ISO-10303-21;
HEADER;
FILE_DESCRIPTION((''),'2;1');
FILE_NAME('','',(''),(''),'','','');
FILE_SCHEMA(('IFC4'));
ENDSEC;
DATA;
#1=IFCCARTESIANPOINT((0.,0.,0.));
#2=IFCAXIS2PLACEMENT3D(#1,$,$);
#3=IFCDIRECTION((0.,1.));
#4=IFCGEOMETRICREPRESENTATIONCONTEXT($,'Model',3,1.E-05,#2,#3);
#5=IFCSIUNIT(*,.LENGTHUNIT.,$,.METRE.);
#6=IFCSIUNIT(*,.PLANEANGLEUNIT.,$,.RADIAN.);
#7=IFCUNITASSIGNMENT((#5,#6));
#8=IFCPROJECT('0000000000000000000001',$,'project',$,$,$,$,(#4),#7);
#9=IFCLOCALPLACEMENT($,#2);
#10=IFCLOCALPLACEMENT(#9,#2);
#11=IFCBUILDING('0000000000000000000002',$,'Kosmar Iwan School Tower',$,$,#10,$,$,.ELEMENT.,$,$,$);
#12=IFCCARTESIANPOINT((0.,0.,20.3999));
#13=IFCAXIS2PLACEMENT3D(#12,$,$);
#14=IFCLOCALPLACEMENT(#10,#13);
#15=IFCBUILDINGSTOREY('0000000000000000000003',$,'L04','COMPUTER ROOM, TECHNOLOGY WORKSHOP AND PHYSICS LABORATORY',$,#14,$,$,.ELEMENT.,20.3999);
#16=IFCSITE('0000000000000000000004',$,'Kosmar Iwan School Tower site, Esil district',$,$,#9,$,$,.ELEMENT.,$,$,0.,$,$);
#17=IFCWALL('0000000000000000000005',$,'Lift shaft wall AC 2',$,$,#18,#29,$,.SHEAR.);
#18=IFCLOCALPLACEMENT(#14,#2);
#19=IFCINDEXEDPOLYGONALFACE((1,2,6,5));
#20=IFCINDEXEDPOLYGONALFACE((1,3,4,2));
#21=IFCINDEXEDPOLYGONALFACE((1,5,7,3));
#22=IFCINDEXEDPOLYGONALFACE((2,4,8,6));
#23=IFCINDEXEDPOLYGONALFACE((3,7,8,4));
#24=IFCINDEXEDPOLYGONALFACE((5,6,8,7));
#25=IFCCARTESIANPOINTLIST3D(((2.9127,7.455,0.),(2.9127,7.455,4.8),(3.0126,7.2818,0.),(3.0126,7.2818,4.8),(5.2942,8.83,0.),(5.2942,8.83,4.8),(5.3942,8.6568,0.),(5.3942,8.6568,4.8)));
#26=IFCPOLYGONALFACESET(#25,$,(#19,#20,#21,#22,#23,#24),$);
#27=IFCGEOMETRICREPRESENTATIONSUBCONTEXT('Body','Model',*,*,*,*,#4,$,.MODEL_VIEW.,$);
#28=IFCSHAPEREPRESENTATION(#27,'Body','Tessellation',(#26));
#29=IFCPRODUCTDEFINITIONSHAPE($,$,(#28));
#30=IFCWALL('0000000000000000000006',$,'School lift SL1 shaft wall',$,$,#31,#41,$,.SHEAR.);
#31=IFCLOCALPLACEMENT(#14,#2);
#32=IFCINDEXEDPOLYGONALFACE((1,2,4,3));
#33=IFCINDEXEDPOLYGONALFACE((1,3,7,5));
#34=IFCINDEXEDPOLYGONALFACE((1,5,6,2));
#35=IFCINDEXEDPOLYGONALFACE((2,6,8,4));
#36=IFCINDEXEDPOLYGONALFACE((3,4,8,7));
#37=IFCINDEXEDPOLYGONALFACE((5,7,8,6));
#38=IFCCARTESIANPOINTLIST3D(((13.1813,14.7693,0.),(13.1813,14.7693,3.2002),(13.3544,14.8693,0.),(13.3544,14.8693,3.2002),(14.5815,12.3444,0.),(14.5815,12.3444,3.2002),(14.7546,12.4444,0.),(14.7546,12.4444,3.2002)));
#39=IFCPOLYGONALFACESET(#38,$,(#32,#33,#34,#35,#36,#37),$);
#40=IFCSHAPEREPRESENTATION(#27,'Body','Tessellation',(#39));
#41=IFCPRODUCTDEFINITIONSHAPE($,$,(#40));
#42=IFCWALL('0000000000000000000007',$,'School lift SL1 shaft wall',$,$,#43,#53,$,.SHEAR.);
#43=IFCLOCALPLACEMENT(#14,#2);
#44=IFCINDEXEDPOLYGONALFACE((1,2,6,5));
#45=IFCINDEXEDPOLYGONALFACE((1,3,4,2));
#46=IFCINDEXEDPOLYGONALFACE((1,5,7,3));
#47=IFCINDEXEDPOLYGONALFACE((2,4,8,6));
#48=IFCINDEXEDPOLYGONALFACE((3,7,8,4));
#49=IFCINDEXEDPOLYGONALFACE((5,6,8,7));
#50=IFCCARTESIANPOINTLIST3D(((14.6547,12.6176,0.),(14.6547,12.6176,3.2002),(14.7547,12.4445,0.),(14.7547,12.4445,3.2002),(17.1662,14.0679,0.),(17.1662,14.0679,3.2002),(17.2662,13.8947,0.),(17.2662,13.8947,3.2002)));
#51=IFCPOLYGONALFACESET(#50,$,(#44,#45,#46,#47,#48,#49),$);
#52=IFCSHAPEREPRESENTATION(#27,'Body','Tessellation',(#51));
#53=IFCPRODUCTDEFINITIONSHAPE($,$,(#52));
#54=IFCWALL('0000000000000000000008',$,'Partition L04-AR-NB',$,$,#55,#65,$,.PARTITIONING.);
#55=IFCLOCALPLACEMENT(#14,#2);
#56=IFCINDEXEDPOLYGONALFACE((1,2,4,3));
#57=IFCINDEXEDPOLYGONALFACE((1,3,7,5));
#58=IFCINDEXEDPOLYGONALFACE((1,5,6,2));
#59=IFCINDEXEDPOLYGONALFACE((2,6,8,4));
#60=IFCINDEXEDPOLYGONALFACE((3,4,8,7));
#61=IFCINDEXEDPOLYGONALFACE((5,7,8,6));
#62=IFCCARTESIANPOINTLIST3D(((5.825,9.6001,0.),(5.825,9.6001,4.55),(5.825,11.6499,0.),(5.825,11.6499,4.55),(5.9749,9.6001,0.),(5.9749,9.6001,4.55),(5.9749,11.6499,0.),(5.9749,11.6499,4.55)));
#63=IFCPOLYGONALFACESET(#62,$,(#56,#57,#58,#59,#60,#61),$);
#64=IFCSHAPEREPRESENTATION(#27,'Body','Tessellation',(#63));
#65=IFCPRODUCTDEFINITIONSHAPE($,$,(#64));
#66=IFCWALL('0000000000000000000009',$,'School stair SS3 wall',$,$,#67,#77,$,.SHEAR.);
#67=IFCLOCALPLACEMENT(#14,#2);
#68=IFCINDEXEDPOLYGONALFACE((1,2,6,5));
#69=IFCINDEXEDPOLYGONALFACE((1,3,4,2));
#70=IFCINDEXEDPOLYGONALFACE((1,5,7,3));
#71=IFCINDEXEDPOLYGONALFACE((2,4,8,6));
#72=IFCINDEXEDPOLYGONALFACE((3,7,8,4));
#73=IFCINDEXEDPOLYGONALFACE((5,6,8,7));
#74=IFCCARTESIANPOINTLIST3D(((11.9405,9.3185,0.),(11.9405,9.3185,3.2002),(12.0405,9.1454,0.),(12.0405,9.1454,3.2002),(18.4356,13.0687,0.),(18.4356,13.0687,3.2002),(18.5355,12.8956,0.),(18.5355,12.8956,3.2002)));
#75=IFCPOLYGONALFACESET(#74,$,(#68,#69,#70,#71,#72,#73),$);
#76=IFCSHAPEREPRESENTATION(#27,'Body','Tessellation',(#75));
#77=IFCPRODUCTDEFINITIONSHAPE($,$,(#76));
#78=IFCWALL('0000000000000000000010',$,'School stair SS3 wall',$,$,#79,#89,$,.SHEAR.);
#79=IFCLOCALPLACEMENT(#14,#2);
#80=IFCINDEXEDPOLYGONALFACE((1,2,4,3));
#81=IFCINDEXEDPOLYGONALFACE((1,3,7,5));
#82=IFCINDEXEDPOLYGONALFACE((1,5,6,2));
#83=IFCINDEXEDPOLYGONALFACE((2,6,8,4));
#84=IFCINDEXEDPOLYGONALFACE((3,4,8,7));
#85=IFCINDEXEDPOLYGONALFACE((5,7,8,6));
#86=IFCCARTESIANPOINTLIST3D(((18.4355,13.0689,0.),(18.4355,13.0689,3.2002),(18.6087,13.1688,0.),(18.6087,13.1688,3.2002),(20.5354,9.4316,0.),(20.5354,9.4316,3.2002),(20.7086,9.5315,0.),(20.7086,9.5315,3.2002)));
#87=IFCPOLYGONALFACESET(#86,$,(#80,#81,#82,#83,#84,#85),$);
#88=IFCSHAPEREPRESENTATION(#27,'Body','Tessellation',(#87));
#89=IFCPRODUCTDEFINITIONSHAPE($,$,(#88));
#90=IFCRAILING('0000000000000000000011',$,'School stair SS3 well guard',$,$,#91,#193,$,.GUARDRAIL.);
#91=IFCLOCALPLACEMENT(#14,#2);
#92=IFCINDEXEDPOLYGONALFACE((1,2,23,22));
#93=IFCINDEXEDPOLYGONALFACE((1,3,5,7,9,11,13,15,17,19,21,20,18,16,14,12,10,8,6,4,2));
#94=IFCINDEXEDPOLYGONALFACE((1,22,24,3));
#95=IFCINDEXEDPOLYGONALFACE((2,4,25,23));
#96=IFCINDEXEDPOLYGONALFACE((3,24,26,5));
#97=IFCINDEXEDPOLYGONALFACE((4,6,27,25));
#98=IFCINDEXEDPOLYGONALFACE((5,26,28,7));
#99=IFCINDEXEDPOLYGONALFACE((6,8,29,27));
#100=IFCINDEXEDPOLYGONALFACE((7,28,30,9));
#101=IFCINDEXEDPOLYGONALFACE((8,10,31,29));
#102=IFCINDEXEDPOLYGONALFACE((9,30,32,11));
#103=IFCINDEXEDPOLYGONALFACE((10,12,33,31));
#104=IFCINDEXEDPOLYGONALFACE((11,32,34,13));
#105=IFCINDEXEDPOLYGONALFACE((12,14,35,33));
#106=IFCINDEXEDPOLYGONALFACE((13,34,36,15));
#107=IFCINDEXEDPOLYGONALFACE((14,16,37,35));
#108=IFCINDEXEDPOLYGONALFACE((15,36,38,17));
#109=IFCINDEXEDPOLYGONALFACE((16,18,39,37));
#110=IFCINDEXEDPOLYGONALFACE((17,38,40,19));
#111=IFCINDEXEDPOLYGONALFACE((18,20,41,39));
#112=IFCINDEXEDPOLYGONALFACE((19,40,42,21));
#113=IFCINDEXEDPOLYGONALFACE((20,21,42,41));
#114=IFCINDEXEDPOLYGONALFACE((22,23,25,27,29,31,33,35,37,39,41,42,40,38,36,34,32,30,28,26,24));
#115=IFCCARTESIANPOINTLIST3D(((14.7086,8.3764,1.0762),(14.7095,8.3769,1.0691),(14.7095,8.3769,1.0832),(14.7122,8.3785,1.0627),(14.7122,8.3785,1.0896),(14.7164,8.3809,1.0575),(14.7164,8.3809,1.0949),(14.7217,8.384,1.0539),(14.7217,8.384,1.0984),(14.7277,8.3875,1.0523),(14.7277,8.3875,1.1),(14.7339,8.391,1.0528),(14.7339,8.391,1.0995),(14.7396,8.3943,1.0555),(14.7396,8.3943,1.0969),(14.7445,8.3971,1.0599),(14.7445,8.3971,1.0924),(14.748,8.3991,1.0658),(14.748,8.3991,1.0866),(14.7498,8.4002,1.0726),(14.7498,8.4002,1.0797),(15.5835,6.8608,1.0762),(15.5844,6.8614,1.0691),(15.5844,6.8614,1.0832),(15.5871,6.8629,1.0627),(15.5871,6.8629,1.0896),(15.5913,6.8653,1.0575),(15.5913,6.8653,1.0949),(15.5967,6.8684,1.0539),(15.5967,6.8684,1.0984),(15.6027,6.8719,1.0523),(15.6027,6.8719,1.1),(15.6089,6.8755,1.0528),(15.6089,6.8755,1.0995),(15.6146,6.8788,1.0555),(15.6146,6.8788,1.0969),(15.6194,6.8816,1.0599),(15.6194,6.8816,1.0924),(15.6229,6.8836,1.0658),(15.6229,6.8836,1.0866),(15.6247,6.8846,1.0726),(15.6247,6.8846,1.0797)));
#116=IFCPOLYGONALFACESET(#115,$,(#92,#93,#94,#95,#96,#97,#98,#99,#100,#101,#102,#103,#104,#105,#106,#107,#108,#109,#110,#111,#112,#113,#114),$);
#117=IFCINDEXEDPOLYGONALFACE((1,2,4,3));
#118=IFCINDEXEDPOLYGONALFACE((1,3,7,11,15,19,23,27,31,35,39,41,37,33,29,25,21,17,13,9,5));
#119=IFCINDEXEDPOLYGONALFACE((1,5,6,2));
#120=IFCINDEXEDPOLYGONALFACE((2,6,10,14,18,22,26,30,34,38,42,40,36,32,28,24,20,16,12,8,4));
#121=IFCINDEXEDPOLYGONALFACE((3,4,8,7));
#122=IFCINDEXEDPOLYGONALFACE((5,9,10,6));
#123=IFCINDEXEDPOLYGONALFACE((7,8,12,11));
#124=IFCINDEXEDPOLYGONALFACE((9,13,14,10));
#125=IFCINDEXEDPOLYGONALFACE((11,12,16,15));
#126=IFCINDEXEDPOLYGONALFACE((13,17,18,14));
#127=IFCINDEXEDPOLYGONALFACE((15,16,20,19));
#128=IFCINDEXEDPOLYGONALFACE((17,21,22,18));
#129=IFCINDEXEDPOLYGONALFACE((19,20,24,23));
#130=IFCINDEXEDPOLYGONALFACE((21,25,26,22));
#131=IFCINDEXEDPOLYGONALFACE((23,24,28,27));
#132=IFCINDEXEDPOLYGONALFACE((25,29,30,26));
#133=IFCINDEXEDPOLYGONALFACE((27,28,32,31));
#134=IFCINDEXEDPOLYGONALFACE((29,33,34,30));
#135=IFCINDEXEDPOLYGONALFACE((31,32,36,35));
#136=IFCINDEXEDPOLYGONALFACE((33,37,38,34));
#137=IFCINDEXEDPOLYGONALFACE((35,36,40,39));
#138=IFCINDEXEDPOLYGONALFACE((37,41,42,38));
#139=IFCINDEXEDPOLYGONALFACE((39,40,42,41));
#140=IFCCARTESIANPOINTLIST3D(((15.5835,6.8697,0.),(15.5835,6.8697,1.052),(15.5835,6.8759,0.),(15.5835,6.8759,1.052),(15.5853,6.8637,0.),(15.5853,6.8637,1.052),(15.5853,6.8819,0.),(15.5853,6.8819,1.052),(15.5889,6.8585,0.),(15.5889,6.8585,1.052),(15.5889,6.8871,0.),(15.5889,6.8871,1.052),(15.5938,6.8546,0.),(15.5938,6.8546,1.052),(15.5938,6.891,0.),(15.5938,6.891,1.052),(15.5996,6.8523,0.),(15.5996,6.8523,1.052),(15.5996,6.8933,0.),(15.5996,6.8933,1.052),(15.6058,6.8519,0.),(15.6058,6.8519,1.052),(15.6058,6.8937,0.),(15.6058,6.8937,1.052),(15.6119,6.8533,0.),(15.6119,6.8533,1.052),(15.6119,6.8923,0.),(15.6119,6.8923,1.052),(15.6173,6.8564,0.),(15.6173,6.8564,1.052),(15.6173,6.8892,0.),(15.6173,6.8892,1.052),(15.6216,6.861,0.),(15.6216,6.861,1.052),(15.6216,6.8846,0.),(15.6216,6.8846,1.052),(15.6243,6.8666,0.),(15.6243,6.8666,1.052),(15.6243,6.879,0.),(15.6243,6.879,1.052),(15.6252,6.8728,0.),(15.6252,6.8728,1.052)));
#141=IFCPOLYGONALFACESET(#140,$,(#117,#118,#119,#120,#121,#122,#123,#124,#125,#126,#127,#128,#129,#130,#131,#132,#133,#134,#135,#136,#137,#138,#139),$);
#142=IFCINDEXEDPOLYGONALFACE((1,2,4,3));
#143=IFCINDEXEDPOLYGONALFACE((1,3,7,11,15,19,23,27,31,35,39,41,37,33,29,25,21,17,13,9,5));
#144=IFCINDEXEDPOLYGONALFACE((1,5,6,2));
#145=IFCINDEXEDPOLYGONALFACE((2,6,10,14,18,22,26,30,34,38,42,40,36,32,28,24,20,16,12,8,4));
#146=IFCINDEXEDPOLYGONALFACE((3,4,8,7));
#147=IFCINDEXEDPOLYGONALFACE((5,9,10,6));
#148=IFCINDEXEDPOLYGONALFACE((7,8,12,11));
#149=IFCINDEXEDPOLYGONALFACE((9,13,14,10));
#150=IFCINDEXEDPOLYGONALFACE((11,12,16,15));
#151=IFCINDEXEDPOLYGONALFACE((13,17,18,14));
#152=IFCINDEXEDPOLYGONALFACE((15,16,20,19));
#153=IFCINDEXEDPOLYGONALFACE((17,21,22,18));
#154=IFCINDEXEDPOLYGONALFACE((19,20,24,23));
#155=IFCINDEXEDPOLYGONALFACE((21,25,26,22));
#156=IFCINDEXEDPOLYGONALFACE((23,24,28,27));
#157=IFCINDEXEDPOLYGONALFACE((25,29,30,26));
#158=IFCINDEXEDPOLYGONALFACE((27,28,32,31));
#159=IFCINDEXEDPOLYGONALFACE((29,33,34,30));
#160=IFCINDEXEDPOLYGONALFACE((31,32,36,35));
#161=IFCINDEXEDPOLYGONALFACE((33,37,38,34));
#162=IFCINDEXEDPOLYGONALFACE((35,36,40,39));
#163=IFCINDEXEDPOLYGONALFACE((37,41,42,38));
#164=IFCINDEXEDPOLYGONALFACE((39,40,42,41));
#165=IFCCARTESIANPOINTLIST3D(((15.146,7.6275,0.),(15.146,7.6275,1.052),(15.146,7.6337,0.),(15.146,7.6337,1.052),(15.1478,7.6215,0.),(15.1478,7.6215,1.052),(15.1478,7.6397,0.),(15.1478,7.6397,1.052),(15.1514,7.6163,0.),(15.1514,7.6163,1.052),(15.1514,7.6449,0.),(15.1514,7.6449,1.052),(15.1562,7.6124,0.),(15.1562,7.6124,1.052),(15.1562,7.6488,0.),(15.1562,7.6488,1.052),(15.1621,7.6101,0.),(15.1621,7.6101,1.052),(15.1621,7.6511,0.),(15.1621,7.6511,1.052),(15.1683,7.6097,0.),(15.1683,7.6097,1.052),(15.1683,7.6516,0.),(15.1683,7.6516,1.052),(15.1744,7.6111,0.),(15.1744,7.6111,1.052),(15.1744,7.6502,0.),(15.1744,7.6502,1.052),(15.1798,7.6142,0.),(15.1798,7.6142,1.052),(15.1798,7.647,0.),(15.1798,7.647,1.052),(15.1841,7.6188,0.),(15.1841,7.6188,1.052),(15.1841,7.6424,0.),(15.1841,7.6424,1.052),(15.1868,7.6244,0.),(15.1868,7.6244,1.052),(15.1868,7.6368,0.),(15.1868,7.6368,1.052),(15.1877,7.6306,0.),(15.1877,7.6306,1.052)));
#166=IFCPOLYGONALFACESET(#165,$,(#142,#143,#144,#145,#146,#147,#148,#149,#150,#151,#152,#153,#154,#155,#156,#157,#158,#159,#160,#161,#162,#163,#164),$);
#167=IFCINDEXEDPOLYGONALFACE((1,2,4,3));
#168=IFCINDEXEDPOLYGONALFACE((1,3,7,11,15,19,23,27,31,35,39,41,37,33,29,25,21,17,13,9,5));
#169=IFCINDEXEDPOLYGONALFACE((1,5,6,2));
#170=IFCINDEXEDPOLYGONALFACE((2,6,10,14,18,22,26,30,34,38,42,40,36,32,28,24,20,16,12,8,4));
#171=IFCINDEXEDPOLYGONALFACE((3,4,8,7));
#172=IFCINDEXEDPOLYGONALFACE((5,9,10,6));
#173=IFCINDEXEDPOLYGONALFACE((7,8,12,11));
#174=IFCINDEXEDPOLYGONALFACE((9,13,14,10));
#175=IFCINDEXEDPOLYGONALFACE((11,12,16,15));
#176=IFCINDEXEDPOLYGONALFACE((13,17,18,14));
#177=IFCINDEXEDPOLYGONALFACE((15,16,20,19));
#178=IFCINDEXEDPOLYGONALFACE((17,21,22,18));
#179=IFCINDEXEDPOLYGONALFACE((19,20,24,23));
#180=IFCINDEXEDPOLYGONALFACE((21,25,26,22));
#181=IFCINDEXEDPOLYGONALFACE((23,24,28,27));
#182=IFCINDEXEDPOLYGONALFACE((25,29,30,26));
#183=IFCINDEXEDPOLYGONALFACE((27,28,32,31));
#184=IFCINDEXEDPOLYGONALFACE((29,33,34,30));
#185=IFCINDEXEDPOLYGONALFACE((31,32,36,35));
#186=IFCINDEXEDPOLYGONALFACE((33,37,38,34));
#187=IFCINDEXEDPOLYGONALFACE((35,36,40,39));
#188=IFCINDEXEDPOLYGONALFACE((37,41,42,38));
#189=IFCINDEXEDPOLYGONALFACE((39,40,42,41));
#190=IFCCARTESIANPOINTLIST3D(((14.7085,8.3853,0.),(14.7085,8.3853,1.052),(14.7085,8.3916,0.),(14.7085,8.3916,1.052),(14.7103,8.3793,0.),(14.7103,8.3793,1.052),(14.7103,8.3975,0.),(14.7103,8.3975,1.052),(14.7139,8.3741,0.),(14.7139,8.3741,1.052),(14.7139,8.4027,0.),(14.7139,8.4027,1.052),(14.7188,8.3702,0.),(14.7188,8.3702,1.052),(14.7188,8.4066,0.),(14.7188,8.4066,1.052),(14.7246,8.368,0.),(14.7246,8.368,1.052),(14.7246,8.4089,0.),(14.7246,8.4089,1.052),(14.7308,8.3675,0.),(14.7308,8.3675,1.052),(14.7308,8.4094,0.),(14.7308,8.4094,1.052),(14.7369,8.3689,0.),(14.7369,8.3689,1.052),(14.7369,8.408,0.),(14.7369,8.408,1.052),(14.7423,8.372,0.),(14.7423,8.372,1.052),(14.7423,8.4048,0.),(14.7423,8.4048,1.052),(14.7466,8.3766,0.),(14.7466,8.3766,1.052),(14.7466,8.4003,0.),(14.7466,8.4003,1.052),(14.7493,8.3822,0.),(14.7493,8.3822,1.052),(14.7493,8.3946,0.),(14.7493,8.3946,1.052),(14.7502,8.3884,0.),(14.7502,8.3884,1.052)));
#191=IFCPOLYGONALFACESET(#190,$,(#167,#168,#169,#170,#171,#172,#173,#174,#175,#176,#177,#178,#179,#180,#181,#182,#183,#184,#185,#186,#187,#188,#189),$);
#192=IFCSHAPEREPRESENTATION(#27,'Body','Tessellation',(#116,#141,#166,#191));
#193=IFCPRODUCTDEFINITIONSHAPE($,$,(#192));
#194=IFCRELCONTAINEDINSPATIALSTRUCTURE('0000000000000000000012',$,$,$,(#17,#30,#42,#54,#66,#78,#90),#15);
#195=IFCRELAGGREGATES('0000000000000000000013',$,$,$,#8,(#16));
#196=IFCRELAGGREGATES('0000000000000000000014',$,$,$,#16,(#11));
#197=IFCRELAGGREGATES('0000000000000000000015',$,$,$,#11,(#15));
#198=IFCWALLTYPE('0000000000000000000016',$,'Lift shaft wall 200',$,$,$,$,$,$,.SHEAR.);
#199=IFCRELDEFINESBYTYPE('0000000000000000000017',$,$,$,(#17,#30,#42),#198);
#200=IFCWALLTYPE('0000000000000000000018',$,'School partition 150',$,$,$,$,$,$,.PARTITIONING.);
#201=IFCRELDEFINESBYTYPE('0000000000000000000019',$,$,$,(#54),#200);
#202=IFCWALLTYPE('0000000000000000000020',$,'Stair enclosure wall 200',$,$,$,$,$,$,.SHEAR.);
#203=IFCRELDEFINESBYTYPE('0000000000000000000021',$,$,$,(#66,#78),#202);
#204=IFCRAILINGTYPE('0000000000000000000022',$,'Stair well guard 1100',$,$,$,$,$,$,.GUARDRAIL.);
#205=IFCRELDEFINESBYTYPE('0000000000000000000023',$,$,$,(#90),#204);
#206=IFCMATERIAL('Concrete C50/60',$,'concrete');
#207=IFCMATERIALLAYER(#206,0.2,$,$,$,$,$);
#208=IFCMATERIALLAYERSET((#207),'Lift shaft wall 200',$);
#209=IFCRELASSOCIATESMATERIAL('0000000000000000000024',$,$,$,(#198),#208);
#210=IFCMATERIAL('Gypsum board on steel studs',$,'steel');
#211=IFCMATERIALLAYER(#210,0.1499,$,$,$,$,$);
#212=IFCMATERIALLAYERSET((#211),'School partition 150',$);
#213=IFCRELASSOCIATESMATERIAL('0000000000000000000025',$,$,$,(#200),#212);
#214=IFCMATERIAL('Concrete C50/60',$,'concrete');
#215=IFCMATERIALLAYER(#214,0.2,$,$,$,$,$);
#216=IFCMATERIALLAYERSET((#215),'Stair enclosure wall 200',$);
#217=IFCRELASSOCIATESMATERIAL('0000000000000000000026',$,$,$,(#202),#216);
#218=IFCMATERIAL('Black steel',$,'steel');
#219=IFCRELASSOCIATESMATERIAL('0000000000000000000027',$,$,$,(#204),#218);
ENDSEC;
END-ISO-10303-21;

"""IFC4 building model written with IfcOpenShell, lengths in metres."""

from ifc_helpers import new_model, si_unit, direction, frame, frame_2d, origin, origin_2d, place, context, subcontext, project, spatial, rectangle, circle, extrude, material, layer, layer_set, type_object, element, save


model = new_model("IFC4")

# Units and contexts
model_context = context("Model", 3, precision=1e-05, world=origin(), true_north=direction((0.0, 1.0)))
body_context = subcontext(model_context, "Body", "Model", "MODEL_VIEW")
ifc_project = project(units=[si_unit("LENGTHUNIT", "METRE"), si_unit("PLANEANGLEUNIT", "RADIAN")], contexts=[model_context])

# Site, building, storey
site_placement = place(None, origin())
site = spatial("IfcSite", under=ifc_project, at=site_placement, Name="Kosmar Iwan School Tower site, Esil district", CompositionType="ELEMENT", RefElevation=0.0)
building_placement = place(site_placement, origin())
building = spatial("IfcBuilding", under=site, at=building_placement, Name="Kosmar Iwan School Tower", CompositionType="ELEMENT")
storey_placement = place(building_placement, frame((0.0, 0.0, 20.3999)))
storey = spatial("IfcBuildingStorey", under=building, at=storey_placement, Name="L04", Description="COMPUTER ROOM, TECHNOLOGY WORKSHOP AND PHYSICS LABORATORY", CompositionType="ELEMENT", Elevation=20.3999)

# Walls
ifc_material_1 = material(Name="Concrete C50/60", Category="concrete")
ifc_layer_1 = layer(ifc_material_1, 0.2)
ifc_layer_set_1 = layer_set([ifc_layer_1], Name="Lift shaft wall 200")
wall_type_1 = type_object("IfcWallType", Name="Lift shaft wall 200", PredefinedType="SHEAR", material=ifc_layer_set_1)
wall_1_placement = place(storey_placement, frame((2.9626, 7.3684, 0.0), z_axis=(0.0, 0.0, 1.0), x_axis=(0.866027, 0.499997, 0.0)))
element("IfcWall", 1, at=wall_1_placement, inside=storey, type_object=wall_type_1, Name="Lift shaft wall AC 2", PredefinedType="SHEAR", context=body_context, shape_type="SweptSolid", body=[
    extrude(rectangle(XDim=2.75, YDim=0.2, at=frame_2d((1.375, 0.0))), origin(), (0.0, 0.0, 1.0), 4.8),
])
wall_2_placement = place(storey_placement, frame((14.668, 12.3945, 0.0), z_axis=(0.0, 0.0, 1.0), x_axis=(-0.50005, 0.865997, 0.0)))
element("IfcWall", 2, at=wall_2_placement, inside=storey, type_object=wall_type_1, Name="School lift SL1 shaft wall", PredefinedType="SHEAR", context=body_context, shape_type="SweptSolid", body=[
    extrude(rectangle(XDim=2.8, YDim=0.2, at=frame_2d((1.3999, 0.0))), origin(), (0.0, 0.0, 1.0), 3.2002),
])
wall_3_placement = place(storey_placement, frame((14.7046, 12.531, 0.0), z_axis=(0.0, 0.0, 1.0), x_axis=(0.865996, 0.50005, 0.0)))
element("IfcWall", 3, at=wall_3_placement, inside=storey, type_object=wall_type_1, Name="School lift SL1 shaft wall", PredefinedType="SHEAR", context=body_context, shape_type="SweptSolid", body=[
    extrude(rectangle(XDim=2.9001, YDim=0.2, at=frame_2d((1.4502, 0.0))), origin(), (0.0, 0.0, 1.0), 3.2002),
])
ifc_material_2 = material(Name="Gypsum board on steel studs", Category="steel")
ifc_layer_2 = layer(ifc_material_2, 0.1499)
ifc_layer_set_2 = layer_set([ifc_layer_2], Name="School partition 150")
wall_type_2 = type_object("IfcWallType", Name="School partition 150", PredefinedType="PARTITIONING", material=ifc_layer_set_2)
wall_4_placement = place(storey_placement, frame((5.8999, 9.6001, 0.0), z_axis=(0.0, 0.0, 1.0), x_axis=(0.0, 1.0, 0.0)))
element("IfcWall", 4, at=wall_4_placement, inside=storey, type_object=wall_type_2, Name="Partition L04-AR-NB", PredefinedType="PARTITIONING", context=body_context, shape_type="SweptSolid", body=[
    extrude(rectangle(XDim=2.0498, YDim=0.1499, at=frame_2d((1.0249, 0.0))), origin(), (0.0, 0.0, 1.0), 4.55),
])
ifc_material_3 = material(Name="Concrete C50/60", Category="concrete")
ifc_layer_3 = layer(ifc_material_3, 0.2)
ifc_layer_set_3 = layer_set([ifc_layer_3], Name="Stair enclosure wall 200")
wall_type_3 = type_object("IfcWallType", Name="Stair enclosure wall 200", PredefinedType="SHEAR", material=ifc_layer_set_3)
wall_5_placement = place(storey_placement, frame((11.9905, 9.2319, 0.0), z_axis=(0.0, 0.0, 1.0), x_axis=(0.866009, 0.500029, 0.0)))
element("IfcWall", 5, at=wall_5_placement, inside=storey, type_object=wall_type_3, Name="School stair SS3 wall", PredefinedType="SHEAR", context=body_context, shape_type="SweptSolid", body=[
    extrude(rectangle(XDim=7.5, YDim=0.2, at=frame_2d((3.75, 0.0))), origin(), (0.0, 0.0, 1.0), 3.2002),
])
wall_6_placement = place(storey_placement, frame((20.6221, 9.4814, 0.0), z_axis=(0.0, 0.0, 1.0), x_axis=(-0.499984, 0.866035, 0.0)))
element("IfcWall", 6, at=wall_6_placement, inside=storey, type_object=wall_type_3, Name="School stair SS3 wall", PredefinedType="SHEAR", context=body_context, shape_type="SweptSolid", body=[
    extrude(rectangle(XDim=4.2, YDim=0.2, at=frame_2d((2.1001, 0.0))), origin(), (0.0, 0.0, 1.0), 3.2002),
])

# Railing
ifc_material_4 = material(Name="Black steel", Category="steel")
railing_type = type_object("IfcRailingType", Name="Stair well guard 1100", PredefinedType="GUARDRAIL", material=ifc_material_4)
railing_placement = place(storey_placement, frame((15.6042, 6.8728, 0.0)))
element("IfcRailing", 7, at=railing_placement, inside=storey, type_object=railing_type, Name="School stair SS3 well guard", PredefinedType="GUARDRAIL", context=body_context, shape_type="SweptSolid", body=[
    extrude(circle(Radius=0.0239, at=origin_2d()), frame((0.0, 0.0, 1.0762), z_axis=(-0.49998, 0.866037, 0.0), x_axis=(-0.866037, -0.49998, 0.0)), (0.0, 0.0, 1.0), 1.75),
    extrude(circle(Radius=0.021, at=origin_2d()), origin(), (0.0, 0.0, 1.0), 1.052),
    extrude(circle(Radius=0.021, at=origin_2d()), frame((-0.4375, 0.7578, 0.0)), (0.0, 0.0, 1.0), 1.052),
    extrude(circle(Radius=0.021, at=origin_2d()), frame((-0.875, 1.5156, 0.0)), (0.0, 0.0, 1.0), 1.052),
])

save(model, "model.ifc")
